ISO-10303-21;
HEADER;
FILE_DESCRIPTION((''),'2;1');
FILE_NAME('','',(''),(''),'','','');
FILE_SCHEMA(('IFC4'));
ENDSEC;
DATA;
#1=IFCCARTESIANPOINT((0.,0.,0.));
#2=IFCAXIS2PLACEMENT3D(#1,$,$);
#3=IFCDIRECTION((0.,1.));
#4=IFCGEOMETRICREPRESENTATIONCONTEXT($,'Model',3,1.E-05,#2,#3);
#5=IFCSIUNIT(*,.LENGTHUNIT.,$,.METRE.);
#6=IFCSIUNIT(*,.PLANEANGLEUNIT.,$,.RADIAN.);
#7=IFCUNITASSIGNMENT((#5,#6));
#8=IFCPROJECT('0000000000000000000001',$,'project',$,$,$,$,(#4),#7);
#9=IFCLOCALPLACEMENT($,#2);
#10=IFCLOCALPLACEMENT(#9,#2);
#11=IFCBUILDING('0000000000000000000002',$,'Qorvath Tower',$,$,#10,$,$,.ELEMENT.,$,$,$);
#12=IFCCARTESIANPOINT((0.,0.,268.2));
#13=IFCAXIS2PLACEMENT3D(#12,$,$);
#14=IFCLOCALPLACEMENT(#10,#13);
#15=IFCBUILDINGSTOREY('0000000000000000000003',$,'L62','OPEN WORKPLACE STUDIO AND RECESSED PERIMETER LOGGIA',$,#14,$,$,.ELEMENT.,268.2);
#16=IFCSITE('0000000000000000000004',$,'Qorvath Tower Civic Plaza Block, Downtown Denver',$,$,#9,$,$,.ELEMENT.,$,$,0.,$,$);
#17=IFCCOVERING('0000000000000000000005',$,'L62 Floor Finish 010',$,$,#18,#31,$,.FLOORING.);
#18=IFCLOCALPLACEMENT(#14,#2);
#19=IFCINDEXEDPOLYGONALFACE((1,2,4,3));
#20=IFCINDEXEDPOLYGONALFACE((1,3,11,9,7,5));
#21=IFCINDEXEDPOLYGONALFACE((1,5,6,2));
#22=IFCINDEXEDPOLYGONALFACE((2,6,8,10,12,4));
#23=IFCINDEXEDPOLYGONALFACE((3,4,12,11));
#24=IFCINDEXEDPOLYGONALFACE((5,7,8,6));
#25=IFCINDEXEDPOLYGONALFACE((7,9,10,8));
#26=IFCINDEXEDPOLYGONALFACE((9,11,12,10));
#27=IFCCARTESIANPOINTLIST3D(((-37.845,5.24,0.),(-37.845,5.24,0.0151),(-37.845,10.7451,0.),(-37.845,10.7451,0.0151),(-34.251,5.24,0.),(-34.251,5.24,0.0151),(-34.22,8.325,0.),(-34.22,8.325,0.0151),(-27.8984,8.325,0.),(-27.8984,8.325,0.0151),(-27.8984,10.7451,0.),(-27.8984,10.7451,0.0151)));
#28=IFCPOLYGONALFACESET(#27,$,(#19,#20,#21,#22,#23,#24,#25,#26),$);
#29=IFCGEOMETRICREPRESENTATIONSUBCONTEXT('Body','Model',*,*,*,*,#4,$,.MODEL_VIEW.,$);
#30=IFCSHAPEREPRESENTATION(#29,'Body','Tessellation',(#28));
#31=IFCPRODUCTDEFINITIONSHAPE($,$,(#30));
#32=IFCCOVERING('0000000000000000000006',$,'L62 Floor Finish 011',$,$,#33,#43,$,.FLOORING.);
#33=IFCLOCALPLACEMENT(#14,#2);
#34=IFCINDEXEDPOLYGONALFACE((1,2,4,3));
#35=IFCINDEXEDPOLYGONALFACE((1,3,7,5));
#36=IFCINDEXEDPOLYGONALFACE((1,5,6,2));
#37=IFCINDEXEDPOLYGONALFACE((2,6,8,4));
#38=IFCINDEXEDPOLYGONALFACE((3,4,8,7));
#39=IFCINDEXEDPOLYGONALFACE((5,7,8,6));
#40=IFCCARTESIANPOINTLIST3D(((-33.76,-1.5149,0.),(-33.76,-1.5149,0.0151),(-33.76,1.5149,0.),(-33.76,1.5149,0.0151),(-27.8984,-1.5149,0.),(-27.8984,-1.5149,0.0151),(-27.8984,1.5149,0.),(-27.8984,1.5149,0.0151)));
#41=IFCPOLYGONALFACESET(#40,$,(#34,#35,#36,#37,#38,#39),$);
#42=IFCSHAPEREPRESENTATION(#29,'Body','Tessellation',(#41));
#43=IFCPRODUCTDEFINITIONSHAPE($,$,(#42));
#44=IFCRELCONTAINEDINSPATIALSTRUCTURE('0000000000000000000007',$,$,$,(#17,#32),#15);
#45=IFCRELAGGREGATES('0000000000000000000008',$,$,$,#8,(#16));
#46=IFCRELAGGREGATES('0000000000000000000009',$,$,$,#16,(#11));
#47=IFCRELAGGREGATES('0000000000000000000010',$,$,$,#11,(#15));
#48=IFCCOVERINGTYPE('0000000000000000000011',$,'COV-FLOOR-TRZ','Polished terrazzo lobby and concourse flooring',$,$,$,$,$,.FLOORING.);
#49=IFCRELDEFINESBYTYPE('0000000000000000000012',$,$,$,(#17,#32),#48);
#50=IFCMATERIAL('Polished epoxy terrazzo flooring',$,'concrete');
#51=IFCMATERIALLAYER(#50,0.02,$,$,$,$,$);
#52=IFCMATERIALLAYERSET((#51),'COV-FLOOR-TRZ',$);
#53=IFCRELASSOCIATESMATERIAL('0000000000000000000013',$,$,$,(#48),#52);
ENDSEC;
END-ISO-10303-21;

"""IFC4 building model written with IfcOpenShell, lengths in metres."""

from ifc_helpers import new_model, si_unit, direction, frame, origin, place, context, subcontext, project, spatial, polyline, outline, extrude, material, layer, layer_set, type_object, element, save


model = new_model("IFC4")

# Units and contexts
model_context = context("Model", 3, precision=1e-05, world=origin(), true_north=direction((0.0, 1.0)))
body_context = subcontext(model_context, "Body", "Model", "MODEL_VIEW")
ifc_project = project(units=[si_unit("LENGTHUNIT", "METRE"), si_unit("PLANEANGLEUNIT", "RADIAN")], contexts=[model_context])

# Site, building, storey
site_placement = place(None, origin())
site = spatial("IfcSite", under=ifc_project, at=site_placement, Name="Qorvath Tower Civic Plaza Block, Downtown Denver", CompositionType="ELEMENT", RefElevation=0.0)
building_placement = place(site_placement, origin())
building = spatial("IfcBuilding", under=site, at=building_placement, Name="Qorvath Tower", CompositionType="ELEMENT")
storey_placement = place(building_placement, frame((0.0, 0.0, 268.2)))
storey = spatial("IfcBuildingStorey", under=building, at=storey_placement, Name="L62", Description="OPEN WORKPLACE STUDIO AND RECESSED PERIMETER LOGGIA", CompositionType="ELEMENT", Elevation=268.2)

# Coverings
ifc_material_1 = material(Name="Polished epoxy terrazzo flooring", Category="concrete")
ifc_layer_1 = layer(ifc_material_1, 0.02)
ifc_layer_set_1 = layer_set([ifc_layer_1], Name="COV-FLOOR-TRZ")
covering_type_1 = type_object("IfcCoveringType", Name="COV-FLOOR-TRZ", Description="Polished terrazzo lobby and concourse flooring", PredefinedType="FLOORING", material=ifc_layer_set_1)
covering_1_placement = place(storey_placement, origin())
element("IfcCovering", 1, at=covering_1_placement, inside=storey, type_object=covering_type_1, Name="L62 Floor Finish 010", PredefinedType="FLOORING", context=body_context, shape_type="SweptSolid", body=[
    extrude(outline(polyline([(-27.8984, 8.325), (-27.8984, 10.7451), (-37.845, 10.7451), (-37.845, 5.24), (-34.251, 5.24), (-34.22, 8.325), (-27.8984, 8.325)])), origin(), (0.0, 0.0, 1.0), 0.0151),
])
covering_2_placement = place(storey_placement, origin())
element("IfcCovering", 2, at=covering_2_placement, inside=storey, type_object=covering_type_1, Name="L62 Floor Finish 011", PredefinedType="FLOORING", context=body_context, shape_type="SweptSolid", body=[
    extrude(outline(polyline([(-27.8984, -1.5149), (-27.8984, 1.5149), (-33.76, 1.5149), (-33.76, -1.5149), (-27.8984, -1.5149)])), origin(), (0.0, 0.0, 1.0), 0.0151),
])

save(model, "model.ifc")
